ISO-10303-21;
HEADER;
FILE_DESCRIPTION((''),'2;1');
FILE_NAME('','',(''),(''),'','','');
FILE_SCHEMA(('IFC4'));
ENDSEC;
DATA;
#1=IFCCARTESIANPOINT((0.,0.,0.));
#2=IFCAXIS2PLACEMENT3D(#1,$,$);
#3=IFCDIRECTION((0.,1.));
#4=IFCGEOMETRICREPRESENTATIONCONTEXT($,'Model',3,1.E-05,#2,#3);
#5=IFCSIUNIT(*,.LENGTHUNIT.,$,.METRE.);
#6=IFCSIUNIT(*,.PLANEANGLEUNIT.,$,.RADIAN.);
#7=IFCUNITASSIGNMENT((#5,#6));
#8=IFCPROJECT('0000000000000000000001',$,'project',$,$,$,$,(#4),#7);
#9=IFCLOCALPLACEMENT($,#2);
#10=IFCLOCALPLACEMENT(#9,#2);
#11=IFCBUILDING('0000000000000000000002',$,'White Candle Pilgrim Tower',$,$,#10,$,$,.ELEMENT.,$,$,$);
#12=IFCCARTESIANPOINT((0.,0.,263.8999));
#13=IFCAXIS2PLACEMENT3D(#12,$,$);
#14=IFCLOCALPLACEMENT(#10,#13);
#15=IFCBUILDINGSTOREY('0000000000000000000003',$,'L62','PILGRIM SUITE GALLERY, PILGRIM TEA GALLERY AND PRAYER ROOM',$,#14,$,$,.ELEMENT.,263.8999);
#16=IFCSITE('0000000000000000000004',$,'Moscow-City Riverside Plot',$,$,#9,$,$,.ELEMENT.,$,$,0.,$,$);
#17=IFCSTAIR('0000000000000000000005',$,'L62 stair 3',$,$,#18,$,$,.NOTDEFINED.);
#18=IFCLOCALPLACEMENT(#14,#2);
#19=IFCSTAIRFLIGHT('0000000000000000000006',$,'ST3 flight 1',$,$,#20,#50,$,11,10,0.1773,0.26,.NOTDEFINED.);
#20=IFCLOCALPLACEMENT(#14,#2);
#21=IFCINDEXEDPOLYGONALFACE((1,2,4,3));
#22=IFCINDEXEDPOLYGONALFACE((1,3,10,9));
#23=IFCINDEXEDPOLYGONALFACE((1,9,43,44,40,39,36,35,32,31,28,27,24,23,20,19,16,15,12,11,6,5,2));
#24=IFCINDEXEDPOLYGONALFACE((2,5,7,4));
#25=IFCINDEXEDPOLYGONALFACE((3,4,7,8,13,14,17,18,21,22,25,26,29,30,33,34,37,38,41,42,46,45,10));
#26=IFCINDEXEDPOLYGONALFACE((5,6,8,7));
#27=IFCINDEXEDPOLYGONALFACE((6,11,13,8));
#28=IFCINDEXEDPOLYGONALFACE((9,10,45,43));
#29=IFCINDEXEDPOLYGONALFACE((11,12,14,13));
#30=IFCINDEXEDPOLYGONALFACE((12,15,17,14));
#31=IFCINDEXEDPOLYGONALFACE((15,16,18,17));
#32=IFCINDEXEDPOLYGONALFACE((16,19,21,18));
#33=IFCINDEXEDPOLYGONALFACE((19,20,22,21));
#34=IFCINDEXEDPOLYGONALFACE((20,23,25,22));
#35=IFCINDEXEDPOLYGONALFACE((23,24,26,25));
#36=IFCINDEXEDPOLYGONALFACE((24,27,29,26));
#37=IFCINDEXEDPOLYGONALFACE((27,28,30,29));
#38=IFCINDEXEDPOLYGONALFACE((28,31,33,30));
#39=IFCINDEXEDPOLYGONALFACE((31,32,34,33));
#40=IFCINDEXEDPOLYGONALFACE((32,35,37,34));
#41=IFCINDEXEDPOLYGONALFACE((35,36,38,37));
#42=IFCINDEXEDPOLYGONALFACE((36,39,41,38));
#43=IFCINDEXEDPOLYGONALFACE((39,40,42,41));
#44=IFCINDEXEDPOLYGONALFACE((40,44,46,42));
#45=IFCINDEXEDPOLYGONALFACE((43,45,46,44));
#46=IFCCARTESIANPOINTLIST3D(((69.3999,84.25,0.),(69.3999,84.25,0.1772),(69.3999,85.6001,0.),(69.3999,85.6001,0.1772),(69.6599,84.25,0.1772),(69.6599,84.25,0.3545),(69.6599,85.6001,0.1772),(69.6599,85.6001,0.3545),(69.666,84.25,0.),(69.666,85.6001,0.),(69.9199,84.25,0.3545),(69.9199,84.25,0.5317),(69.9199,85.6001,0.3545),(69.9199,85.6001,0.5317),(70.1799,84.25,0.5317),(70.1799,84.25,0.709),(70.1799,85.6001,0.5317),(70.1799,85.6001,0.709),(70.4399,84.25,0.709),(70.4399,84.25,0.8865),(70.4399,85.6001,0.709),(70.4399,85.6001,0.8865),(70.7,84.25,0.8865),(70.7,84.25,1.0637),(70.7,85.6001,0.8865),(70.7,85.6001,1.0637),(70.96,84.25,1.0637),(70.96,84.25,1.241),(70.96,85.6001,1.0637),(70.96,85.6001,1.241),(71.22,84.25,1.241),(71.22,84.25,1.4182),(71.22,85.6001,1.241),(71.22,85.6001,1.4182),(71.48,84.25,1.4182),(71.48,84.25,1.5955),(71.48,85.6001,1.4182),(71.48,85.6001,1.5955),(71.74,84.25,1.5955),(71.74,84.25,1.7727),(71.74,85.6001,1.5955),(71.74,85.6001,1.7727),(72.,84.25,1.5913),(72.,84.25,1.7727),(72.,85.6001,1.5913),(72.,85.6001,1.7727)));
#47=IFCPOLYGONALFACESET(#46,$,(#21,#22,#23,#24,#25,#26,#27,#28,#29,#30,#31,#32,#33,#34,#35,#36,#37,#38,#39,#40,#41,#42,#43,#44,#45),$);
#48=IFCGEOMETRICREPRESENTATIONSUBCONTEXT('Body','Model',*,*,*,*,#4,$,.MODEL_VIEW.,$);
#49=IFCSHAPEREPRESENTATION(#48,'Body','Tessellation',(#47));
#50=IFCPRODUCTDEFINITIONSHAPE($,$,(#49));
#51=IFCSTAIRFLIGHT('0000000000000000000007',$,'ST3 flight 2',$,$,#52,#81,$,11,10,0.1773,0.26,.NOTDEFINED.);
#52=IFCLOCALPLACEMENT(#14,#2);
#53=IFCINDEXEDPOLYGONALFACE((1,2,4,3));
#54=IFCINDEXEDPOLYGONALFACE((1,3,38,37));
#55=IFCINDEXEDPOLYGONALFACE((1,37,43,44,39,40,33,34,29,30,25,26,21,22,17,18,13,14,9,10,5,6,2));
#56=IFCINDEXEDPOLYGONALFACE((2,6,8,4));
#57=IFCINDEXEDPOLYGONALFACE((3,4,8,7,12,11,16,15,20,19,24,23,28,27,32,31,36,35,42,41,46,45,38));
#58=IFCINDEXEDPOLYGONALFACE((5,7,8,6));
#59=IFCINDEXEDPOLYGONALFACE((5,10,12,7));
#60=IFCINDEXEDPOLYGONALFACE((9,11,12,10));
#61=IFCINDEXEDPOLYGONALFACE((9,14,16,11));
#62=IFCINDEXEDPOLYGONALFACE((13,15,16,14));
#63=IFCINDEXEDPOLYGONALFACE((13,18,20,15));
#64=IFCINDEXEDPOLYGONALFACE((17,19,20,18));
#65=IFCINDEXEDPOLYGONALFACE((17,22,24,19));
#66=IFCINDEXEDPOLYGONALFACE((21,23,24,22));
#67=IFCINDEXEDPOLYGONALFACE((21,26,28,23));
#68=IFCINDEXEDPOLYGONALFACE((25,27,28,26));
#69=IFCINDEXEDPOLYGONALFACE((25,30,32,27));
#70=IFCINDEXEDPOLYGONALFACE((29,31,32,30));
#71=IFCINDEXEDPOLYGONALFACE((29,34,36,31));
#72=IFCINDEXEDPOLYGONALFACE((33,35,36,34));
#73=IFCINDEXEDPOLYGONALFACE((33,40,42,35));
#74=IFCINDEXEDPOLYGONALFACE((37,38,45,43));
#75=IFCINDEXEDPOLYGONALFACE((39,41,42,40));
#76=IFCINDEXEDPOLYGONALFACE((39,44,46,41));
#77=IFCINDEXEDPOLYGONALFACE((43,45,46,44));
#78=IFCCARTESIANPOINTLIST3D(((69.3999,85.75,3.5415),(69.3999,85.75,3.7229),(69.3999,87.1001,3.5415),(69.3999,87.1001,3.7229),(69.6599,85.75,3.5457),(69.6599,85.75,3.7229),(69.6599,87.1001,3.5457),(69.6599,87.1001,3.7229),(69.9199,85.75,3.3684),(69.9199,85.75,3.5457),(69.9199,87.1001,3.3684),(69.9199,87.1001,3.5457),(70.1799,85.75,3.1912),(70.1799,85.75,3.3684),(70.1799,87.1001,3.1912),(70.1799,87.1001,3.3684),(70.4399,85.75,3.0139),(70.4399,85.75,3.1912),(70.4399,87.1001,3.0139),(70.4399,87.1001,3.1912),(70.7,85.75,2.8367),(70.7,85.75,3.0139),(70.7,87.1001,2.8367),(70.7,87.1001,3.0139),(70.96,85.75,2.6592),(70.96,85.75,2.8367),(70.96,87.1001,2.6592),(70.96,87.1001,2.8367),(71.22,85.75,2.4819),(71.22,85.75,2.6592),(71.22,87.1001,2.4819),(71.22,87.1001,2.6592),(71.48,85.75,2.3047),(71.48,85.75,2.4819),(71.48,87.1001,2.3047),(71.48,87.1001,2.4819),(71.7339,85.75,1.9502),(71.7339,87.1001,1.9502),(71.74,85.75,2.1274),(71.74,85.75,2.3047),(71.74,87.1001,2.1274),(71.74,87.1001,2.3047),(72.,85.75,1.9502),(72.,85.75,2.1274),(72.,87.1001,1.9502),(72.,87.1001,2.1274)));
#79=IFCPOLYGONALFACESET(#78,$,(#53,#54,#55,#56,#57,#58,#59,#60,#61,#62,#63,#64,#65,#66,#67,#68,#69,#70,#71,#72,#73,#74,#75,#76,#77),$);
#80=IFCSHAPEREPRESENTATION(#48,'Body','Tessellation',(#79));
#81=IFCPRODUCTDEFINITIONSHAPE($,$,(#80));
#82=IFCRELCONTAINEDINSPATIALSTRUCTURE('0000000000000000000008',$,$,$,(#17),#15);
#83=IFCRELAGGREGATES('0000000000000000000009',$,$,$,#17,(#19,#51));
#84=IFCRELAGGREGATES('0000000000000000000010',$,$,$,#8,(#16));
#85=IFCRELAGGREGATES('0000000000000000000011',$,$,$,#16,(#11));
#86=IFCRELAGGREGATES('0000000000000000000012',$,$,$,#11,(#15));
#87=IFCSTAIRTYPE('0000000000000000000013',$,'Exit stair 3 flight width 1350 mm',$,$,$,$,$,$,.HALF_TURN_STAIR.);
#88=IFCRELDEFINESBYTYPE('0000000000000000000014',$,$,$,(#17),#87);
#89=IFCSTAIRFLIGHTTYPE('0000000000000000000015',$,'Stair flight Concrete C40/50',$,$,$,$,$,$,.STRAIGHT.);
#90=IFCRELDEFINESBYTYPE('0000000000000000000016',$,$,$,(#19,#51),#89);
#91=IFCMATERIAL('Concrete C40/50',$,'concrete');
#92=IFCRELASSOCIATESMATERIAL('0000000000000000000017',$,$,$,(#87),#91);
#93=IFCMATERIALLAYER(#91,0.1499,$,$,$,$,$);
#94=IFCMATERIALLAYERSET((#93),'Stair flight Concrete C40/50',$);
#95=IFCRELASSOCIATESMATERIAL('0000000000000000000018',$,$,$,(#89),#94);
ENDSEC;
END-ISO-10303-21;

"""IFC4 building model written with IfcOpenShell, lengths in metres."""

from ifc_helpers import new_model, si_unit, direction, frame, origin, place, context, subcontext, project, spatial, polyline, outline, extrude, material, layer, layer_set, type_object, element, aggregate, save


model = new_model("IFC4")

# Units and contexts
model_context = context("Model", 3, precision=1e-05, world=origin(), true_north=direction((0.0, 1.0)))
body_context = subcontext(model_context, "Body", "Model", "MODEL_VIEW")
ifc_project = project(units=[si_unit("LENGTHUNIT", "METRE"), si_unit("PLANEANGLEUNIT", "RADIAN")], contexts=[model_context])

# Site, building, storey
site_placement = place(None, origin())
site = spatial("IfcSite", under=ifc_project, at=site_placement, Name="Moscow-City Riverside Plot", CompositionType="ELEMENT", RefElevation=0.0)
building_placement = place(site_placement, origin())
building = spatial("IfcBuilding", under=site, at=building_placement, Name="White Candle Pilgrim Tower", CompositionType="ELEMENT")
storey_placement = place(building_placement, frame((0.0, 0.0, 263.8999)))
storey = spatial("IfcBuildingStorey", under=building, at=storey_placement, Name="L62", Description="PILGRIM SUITE GALLERY, PILGRIM TEA GALLERY AND PRAYER ROOM", CompositionType="ELEMENT", Elevation=263.8999)

# Stair, stair flights
ifc_material_1 = material(Name="Concrete C40/50", Category="concrete")
stair_type = type_object("IfcStairType", Name="Exit stair 3 flight width 1350 mm", PredefinedType="HALF_TURN_STAIR", material=ifc_material_1)
stair_placement = place(storey_placement, origin())
stair = element("IfcStair", 1, at=stair_placement, inside=storey, type_object=stair_type, Name="L62 stair 3", PredefinedType="NOTDEFINED")
ifc_layer_1 = layer(ifc_material_1, 0.1499)
ifc_layer_set_1 = layer_set([ifc_layer_1], Name="Stair flight Concrete C40/50")
stair_flight_type = type_object("IfcStairFlightType", Name="Stair flight Concrete C40/50", PredefinedType="STRAIGHT", material=ifc_layer_set_1)
stair_flight_1_placement = place(storey_placement, frame((69.3999, 84.925, 0.0), z_axis=(0.0, 0.0, 1.0), x_axis=(1.0, 0.0, 0.0)))
stair_flight_1 = element("IfcStairFlight", 2, at=stair_flight_1_placement, type_object=stair_flight_type, Name="ST3 flight 1", NumberOfRisers=11, NumberOfTreads=10, PredefinedType="NOTDEFINED", RiserHeight=0.1773, TreadLength=0.26, context=body_context, shape_type="SweptSolid", body=[
    extrude(outline(polyline([(0.0, 0.0), (0.0, 0.1772), (0.26, 0.1772), (0.26, 0.3545), (0.52, 0.3545), (0.52, 0.5317), (0.78, 0.5317), (0.78, 0.709), (1.04, 0.709), (1.04, 0.8865), (1.3, 0.8865), (1.3, 1.0637), (1.5601, 1.0637), (1.5601, 1.241), (1.8201, 1.241), (1.8201, 1.4182), (2.0801, 1.4182), (2.0801, 1.5955), (2.3401, 1.5955), (2.3401, 1.7727), (2.6001, 1.7727), (2.6001, 1.95), (2.6001, 1.5913), (0.2661, 0.0), (0.0, 0.0)])), frame((0.0, 0.675, 0.0), z_axis=(0.0, -1.0, 0.0), x_axis=(1.0, 0.0, 0.0)), (0.0, 0.0, 1.0), 1.3501),
])
stair_flight_2_placement = place(storey_placement, frame((72.0, 86.425, 1.9502), z_axis=(0.0, 0.0, 1.0), x_axis=(-1.0, 0.0, 0.0)))
stair_flight_2 = element("IfcStairFlight", 3, at=stair_flight_2_placement, type_object=stair_flight_type, Name="ST3 flight 2", NumberOfRisers=11, NumberOfTreads=10, PredefinedType="NOTDEFINED", RiserHeight=0.1773, TreadLength=0.26, context=body_context, shape_type="SweptSolid", body=[
    extrude(outline(polyline([(0.0, 0.0), (0.0, 0.1772), (0.26, 0.1772), (0.26, 0.3545), (0.52, 0.3545), (0.52, 0.5317), (0.78, 0.5317), (0.78, 0.709), (1.04, 0.709), (1.04, 0.8865), (1.3, 0.8865), (1.3, 1.0637), (1.5601, 1.0637), (1.5601, 1.241), (1.8201, 1.241), (1.8201, 1.4182), (2.0801, 1.4182), (2.0801, 1.5955), (2.3401, 1.5955), (2.3401, 1.7727), (2.6001, 1.7727), (2.6001, 1.95), (2.6001, 1.5913), (0.2661, 0.0), (0.0, 0.0)])), frame((0.0, 0.675, 0.0), z_axis=(0.0, -1.0, 0.0), x_axis=(1.0, 0.0, 0.0)), (0.0, 0.0, 1.0), 1.3501),
])
aggregate(stair, [stair_flight_1, stair_flight_2])

save(model, "model.ifc")
